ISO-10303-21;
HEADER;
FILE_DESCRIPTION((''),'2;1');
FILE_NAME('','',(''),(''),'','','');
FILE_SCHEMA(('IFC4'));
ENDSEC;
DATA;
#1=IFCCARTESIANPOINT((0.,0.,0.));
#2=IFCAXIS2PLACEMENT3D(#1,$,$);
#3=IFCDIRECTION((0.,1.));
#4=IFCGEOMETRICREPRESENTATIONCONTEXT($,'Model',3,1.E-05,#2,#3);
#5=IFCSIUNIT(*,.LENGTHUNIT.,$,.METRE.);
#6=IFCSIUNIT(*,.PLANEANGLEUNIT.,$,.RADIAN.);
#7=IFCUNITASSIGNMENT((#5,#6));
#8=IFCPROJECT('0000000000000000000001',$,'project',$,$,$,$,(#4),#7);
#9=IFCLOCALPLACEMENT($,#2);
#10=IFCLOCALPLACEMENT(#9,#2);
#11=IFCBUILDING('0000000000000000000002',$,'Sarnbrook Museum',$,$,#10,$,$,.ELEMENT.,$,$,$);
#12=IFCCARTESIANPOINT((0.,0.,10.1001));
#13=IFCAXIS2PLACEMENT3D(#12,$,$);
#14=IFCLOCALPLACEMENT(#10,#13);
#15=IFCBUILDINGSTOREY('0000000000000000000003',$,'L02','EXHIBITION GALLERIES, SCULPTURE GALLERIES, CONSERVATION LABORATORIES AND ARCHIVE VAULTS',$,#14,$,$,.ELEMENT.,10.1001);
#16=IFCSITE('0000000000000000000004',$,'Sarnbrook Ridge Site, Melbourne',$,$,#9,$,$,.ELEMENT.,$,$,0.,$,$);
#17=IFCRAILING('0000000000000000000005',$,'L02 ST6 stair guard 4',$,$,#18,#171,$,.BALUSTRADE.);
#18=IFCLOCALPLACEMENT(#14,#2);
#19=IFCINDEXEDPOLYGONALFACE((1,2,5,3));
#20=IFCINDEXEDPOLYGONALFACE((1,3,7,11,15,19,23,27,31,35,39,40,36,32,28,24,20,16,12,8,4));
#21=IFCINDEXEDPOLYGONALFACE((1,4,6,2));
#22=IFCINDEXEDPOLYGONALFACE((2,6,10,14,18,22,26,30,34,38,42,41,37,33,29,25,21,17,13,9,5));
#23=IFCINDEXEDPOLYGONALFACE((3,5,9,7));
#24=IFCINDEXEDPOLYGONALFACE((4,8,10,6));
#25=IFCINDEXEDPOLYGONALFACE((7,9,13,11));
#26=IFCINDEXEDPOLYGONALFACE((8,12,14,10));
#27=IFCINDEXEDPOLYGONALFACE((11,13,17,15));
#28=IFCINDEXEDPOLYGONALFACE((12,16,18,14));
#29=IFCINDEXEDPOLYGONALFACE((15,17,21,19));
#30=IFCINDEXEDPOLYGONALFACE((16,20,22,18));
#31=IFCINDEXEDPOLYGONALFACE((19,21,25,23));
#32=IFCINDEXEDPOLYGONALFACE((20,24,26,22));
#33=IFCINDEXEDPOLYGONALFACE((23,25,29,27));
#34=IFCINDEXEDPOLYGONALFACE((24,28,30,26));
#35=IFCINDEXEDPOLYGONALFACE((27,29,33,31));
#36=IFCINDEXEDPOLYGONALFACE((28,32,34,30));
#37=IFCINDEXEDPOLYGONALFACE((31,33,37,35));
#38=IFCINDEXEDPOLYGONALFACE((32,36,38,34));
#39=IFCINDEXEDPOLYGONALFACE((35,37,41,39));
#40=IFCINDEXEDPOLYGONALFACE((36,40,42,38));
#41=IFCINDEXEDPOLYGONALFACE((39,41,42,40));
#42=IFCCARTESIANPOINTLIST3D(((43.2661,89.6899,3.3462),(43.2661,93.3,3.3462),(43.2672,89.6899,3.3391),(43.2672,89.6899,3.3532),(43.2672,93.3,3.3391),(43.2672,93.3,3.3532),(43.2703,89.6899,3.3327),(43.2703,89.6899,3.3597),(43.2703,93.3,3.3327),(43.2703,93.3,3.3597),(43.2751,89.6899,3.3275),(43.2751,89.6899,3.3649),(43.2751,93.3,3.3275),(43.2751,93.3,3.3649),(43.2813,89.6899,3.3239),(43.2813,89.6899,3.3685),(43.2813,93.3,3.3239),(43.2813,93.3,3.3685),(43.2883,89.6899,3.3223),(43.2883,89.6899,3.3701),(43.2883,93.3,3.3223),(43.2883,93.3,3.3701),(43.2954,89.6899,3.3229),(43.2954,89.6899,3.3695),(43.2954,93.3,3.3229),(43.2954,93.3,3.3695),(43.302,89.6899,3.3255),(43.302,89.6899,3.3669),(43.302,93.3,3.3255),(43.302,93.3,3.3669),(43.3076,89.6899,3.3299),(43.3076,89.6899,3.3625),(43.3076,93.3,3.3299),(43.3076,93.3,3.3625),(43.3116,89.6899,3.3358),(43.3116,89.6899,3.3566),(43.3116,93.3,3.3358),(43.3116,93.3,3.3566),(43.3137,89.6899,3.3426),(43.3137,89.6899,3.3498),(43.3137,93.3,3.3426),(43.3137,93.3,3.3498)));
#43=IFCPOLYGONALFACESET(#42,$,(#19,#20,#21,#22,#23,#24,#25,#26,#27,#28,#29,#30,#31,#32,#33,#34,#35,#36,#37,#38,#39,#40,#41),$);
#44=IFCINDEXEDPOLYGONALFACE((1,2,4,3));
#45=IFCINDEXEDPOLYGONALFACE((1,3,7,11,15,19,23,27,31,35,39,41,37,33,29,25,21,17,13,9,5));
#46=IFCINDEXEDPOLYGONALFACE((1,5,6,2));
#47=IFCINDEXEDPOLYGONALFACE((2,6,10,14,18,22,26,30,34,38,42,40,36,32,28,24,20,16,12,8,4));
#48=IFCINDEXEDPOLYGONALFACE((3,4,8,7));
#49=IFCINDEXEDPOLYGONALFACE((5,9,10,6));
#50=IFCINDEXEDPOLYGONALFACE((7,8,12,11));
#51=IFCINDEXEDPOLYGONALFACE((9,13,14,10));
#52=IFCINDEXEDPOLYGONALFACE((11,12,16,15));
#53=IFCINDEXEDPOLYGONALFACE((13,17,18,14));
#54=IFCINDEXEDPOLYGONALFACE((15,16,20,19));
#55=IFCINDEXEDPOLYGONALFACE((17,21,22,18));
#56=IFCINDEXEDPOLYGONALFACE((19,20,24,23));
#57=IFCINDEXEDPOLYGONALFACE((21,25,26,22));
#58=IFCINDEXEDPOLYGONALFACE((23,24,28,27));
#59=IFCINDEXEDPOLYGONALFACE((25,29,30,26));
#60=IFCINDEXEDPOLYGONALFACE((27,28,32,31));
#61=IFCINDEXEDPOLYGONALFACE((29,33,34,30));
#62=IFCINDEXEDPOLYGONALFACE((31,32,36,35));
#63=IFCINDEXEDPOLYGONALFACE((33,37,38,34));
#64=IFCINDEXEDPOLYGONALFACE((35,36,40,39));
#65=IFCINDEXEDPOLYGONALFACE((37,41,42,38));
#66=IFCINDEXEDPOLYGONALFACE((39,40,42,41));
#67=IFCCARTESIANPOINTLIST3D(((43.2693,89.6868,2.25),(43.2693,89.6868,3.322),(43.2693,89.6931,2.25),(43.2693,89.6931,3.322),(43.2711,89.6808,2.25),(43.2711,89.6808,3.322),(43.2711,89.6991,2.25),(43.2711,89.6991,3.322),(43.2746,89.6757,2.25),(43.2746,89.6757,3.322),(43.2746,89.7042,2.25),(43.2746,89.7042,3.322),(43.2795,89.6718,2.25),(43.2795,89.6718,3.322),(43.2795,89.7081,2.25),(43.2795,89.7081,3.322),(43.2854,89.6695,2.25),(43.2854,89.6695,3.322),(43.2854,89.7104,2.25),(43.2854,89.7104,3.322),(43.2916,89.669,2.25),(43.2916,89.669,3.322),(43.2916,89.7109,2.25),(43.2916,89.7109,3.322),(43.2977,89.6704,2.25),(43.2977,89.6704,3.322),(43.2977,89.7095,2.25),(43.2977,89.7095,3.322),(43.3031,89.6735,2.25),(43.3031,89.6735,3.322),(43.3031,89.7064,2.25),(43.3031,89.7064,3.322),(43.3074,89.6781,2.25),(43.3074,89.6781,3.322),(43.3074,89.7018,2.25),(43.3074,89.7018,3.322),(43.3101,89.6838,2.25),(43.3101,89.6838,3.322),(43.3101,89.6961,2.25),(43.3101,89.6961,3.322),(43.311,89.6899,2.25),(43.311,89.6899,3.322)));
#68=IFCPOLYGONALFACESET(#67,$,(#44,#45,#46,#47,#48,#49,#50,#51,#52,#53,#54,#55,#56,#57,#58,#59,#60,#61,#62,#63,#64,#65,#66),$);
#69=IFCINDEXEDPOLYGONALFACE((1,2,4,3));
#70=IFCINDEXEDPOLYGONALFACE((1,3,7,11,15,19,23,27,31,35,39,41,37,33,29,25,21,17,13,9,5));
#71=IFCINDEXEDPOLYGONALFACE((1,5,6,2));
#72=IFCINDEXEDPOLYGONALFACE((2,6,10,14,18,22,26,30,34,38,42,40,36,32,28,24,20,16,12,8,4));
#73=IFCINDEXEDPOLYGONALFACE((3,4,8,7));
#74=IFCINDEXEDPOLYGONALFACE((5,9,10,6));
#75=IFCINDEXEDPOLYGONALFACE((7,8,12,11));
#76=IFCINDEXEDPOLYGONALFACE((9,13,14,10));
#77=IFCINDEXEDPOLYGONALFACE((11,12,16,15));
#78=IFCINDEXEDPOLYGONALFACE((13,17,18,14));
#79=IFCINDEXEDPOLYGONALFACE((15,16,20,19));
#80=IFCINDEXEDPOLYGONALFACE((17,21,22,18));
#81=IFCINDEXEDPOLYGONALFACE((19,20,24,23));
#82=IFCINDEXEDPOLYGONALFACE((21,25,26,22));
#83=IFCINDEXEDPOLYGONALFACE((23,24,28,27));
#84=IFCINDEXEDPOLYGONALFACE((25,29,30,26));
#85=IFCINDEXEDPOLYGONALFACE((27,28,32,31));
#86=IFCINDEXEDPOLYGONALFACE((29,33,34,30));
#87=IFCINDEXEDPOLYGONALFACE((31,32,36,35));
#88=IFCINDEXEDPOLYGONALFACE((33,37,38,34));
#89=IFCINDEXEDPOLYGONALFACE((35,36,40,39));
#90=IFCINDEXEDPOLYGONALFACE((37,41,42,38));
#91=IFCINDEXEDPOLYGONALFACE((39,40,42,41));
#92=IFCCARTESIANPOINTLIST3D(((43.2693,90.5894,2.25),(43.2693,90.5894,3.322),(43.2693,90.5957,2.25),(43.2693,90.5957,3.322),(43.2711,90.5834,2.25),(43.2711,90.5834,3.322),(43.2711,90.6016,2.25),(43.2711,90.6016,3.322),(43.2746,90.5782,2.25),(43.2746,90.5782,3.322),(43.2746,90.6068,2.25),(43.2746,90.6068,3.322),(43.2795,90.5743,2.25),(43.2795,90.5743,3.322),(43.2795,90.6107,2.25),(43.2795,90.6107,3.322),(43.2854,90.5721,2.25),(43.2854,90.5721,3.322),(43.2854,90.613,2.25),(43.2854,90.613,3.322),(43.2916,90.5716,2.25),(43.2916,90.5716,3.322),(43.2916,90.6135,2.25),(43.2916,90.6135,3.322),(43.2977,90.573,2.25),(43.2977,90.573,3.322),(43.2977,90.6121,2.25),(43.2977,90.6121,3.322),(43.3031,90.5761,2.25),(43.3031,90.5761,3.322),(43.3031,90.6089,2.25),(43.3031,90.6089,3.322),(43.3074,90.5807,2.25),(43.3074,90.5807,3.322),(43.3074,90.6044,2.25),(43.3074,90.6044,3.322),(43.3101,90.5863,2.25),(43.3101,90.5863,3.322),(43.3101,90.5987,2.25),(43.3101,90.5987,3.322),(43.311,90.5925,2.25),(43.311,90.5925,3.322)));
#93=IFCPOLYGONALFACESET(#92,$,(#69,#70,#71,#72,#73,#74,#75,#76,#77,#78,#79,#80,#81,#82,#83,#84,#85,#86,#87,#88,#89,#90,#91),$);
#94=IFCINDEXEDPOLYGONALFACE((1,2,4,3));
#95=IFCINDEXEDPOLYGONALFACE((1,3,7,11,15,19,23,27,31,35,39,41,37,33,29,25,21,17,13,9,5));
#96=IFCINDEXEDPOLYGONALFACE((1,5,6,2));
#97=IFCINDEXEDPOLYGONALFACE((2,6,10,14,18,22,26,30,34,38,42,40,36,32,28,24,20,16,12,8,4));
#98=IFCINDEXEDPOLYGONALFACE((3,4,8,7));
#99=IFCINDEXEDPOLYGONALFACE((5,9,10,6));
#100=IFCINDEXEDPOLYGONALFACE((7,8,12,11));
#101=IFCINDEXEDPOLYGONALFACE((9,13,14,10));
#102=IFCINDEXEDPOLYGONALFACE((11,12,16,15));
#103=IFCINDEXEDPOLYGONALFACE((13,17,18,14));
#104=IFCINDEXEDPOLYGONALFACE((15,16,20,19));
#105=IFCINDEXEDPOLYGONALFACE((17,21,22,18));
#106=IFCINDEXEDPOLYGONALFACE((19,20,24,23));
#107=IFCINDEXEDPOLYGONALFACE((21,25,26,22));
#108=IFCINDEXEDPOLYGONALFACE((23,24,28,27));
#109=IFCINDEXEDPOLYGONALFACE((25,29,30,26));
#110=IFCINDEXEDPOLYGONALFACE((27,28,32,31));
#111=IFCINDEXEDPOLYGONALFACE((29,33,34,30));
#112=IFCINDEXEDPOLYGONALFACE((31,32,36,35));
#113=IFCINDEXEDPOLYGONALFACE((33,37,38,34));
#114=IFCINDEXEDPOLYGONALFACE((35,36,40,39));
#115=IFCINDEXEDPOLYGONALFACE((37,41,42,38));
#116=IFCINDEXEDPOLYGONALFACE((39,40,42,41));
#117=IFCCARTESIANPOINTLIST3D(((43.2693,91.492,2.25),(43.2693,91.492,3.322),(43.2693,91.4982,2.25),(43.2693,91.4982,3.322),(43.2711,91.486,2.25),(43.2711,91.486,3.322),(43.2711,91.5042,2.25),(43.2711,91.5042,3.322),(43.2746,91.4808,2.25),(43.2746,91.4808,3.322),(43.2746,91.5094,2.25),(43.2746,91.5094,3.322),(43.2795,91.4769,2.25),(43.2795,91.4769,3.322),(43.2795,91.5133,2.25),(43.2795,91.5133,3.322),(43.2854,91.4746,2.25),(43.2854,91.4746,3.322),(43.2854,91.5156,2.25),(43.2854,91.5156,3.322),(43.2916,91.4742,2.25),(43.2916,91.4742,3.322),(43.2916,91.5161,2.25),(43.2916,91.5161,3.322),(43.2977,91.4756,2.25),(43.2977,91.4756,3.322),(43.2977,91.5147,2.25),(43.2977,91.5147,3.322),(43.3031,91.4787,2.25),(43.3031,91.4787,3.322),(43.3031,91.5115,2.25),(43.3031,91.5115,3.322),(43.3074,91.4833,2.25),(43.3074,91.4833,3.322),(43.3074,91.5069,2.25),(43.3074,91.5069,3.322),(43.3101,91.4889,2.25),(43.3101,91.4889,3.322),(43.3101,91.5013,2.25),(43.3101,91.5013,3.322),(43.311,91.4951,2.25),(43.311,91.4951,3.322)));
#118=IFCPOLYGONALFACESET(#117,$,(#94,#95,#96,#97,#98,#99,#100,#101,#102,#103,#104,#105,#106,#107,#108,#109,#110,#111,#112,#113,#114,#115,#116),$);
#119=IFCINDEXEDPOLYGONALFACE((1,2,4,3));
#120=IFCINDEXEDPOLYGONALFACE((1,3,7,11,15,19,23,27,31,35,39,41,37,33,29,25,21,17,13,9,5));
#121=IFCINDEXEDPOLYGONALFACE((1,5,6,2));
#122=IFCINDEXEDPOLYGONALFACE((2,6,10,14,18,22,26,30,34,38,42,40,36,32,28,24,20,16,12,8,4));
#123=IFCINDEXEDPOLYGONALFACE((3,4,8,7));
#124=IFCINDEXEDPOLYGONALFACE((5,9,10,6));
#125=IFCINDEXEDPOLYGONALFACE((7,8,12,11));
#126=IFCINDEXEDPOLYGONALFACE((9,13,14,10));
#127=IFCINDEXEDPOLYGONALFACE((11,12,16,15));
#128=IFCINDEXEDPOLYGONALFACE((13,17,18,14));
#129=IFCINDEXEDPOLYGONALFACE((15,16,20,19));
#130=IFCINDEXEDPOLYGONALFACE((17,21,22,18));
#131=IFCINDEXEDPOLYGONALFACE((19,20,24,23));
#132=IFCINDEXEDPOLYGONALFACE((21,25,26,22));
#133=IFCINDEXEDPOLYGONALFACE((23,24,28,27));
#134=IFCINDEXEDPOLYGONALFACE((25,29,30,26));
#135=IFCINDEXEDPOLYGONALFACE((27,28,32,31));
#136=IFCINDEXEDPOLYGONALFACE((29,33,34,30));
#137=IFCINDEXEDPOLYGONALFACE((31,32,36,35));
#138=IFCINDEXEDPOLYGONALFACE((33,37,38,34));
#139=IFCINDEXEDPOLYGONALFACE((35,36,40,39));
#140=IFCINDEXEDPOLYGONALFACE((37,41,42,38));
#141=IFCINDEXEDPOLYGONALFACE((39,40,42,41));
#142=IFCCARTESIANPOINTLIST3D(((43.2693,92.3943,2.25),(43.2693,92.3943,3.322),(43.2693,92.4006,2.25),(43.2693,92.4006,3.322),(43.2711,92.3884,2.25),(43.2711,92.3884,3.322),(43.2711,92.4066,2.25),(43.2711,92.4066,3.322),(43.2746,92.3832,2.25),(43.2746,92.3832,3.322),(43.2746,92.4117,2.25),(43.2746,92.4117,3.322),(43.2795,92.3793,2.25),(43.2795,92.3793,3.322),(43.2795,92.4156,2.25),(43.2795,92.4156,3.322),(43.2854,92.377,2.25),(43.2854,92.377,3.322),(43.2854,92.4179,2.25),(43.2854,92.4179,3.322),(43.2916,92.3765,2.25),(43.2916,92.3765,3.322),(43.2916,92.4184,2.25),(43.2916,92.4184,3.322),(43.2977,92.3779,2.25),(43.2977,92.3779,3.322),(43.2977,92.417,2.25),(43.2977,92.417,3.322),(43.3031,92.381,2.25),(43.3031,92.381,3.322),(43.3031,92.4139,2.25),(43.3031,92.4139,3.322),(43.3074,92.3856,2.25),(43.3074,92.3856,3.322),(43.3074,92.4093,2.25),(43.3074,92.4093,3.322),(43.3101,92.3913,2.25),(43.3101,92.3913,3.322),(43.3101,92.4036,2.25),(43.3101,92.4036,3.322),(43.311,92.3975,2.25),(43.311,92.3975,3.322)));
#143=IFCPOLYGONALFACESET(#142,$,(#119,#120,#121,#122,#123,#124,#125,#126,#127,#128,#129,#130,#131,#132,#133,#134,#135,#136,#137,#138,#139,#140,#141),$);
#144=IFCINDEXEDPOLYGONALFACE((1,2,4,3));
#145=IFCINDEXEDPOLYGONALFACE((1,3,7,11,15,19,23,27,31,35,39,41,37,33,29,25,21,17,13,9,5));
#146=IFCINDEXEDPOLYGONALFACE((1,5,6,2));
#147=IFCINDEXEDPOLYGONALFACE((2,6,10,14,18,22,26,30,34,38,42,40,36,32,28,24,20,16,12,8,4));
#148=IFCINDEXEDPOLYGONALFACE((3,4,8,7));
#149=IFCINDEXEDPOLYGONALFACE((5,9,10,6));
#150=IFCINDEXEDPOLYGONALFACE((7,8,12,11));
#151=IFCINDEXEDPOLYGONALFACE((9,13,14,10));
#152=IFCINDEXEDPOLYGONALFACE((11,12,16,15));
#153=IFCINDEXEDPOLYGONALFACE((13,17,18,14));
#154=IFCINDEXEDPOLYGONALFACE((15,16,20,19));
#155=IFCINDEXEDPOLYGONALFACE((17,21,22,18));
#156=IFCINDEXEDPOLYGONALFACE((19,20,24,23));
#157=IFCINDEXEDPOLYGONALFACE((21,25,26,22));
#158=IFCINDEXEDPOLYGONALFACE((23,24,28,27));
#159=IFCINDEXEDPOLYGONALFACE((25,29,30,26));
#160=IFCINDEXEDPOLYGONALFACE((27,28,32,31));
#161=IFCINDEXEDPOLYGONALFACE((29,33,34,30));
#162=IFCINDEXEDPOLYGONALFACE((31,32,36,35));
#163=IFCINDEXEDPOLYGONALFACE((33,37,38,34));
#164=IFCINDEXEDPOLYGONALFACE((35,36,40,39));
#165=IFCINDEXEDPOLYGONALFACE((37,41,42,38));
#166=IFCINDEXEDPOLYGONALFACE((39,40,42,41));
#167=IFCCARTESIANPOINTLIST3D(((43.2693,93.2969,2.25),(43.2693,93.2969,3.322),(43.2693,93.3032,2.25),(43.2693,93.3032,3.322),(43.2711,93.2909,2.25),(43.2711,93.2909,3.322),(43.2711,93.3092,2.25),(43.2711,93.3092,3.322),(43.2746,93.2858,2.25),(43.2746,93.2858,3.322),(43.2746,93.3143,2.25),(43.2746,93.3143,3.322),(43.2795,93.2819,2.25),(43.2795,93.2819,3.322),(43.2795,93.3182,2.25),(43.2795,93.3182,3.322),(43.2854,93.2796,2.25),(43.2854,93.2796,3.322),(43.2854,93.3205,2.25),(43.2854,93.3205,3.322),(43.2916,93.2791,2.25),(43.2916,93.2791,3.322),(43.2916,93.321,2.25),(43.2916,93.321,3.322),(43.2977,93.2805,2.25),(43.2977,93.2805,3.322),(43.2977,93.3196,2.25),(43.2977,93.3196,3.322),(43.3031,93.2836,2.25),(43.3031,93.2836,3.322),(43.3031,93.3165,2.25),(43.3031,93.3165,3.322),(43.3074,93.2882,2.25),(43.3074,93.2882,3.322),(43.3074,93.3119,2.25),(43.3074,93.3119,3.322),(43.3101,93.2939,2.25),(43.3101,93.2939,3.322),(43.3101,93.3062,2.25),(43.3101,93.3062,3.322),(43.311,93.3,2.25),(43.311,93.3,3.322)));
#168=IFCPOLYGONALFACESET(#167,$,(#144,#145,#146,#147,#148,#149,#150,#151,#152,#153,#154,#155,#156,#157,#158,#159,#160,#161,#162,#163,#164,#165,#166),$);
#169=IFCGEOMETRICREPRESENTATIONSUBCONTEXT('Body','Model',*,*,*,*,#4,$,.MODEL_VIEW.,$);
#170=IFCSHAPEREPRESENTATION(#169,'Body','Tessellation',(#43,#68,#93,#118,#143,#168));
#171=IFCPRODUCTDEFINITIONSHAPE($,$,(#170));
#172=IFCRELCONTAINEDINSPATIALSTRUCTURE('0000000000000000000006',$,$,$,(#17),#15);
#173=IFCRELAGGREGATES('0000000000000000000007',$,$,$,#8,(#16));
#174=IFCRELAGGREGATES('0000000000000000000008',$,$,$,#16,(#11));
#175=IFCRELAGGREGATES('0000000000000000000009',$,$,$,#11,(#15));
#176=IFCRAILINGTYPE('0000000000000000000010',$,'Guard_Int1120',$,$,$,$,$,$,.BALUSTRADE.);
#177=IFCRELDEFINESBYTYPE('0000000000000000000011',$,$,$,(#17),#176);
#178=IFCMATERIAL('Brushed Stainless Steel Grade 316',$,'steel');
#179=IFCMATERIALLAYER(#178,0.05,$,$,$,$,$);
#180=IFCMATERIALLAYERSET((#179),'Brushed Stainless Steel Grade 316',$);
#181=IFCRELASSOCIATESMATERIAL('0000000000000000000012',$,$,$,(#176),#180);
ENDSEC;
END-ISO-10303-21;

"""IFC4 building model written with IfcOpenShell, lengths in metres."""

from ifc_helpers import new_model, si_unit, direction, frame, origin, origin_2d, place, context, subcontext, project, spatial, circle, extrude, material, layer, layer_set, type_object, element, save


model = new_model("IFC4")

# Units and contexts
model_context = context("Model", 3, precision=1e-05, world=origin(), true_north=direction((0.0, 1.0)))
body_context = subcontext(model_context, "Body", "Model", "MODEL_VIEW")
ifc_project = project(units=[si_unit("LENGTHUNIT", "METRE"), si_unit("PLANEANGLEUNIT", "RADIAN")], contexts=[model_context])

# Site, building, storey
site_placement = place(None, origin())
site = spatial("IfcSite", under=ifc_project, at=site_placement, Name="Sarnbrook Ridge Site, Melbourne", CompositionType="ELEMENT", RefElevation=0.0)
building_placement = place(site_placement, origin())
building = spatial("IfcBuilding", under=site, at=building_placement, Name="Sarnbrook Museum", CompositionType="ELEMENT")
storey_placement = place(building_placement, frame((0.0, 0.0, 10.1001)))
storey = spatial("IfcBuildingStorey", under=building, at=storey_placement, Name="L02", Description="EXHIBITION GALLERIES, SCULPTURE GALLERIES, CONSERVATION LABORATORIES AND ARCHIVE VAULTS", CompositionType="ELEMENT", Elevation=10.1001)

# Railing
ifc_material_1 = material(Name="Brushed Stainless Steel Grade 316", Category="steel")
ifc_layer_1 = layer(ifc_material_1, 0.05)
ifc_layer_set_1 = layer_set([ifc_layer_1], Name="Brushed Stainless Steel Grade 316")
railing_type_1 = type_object("IfcRailingType", Name="Guard_Int1120", PredefinedType="BALUSTRADE", material=ifc_layer_set_1)
for number, where, name in (
    (1, (43.29, 89.6899, 2.25), "L02 ST6 stair guard 4"),
):
    element("IfcRailing", number, at=place(storey_placement, frame(where)), inside=storey, type_object=railing_type_1, Name=name, PredefinedType="BALUSTRADE", context=body_context, shape_type="SweptSolid", body=[
        extrude(circle(Radius=0.0239, at=origin_2d()), frame((0.0, 0.0, 1.0962), z_axis=(0.0, 1.0, 0.0), x_axis=(-1.0, 0.0, 0.0)), (0.0, 0.0, 1.0), 3.6101),
        extrude(circle(Radius=0.021, at=origin_2d()), origin(), (0.0, 0.0, 1.0), 1.072),
        extrude(circle(Radius=0.021, at=origin_2d()), frame((0.0, 0.9026, 0.0)), (0.0, 0.0, 1.0), 1.072),
        extrude(circle(Radius=0.021, at=origin_2d()), frame((0.0, 1.8052, 0.0)), (0.0, 0.0, 1.0), 1.072),
        extrude(circle(Radius=0.021, at=origin_2d()), frame((0.0, 2.7075, 0.0)), (0.0, 0.0, 1.0), 1.072),
        extrude(circle(Radius=0.021, at=origin_2d()), frame((0.0, 3.6101, 0.0)), (0.0, 0.0, 1.0), 1.072),
    ])

save(model, "model.ifc")
